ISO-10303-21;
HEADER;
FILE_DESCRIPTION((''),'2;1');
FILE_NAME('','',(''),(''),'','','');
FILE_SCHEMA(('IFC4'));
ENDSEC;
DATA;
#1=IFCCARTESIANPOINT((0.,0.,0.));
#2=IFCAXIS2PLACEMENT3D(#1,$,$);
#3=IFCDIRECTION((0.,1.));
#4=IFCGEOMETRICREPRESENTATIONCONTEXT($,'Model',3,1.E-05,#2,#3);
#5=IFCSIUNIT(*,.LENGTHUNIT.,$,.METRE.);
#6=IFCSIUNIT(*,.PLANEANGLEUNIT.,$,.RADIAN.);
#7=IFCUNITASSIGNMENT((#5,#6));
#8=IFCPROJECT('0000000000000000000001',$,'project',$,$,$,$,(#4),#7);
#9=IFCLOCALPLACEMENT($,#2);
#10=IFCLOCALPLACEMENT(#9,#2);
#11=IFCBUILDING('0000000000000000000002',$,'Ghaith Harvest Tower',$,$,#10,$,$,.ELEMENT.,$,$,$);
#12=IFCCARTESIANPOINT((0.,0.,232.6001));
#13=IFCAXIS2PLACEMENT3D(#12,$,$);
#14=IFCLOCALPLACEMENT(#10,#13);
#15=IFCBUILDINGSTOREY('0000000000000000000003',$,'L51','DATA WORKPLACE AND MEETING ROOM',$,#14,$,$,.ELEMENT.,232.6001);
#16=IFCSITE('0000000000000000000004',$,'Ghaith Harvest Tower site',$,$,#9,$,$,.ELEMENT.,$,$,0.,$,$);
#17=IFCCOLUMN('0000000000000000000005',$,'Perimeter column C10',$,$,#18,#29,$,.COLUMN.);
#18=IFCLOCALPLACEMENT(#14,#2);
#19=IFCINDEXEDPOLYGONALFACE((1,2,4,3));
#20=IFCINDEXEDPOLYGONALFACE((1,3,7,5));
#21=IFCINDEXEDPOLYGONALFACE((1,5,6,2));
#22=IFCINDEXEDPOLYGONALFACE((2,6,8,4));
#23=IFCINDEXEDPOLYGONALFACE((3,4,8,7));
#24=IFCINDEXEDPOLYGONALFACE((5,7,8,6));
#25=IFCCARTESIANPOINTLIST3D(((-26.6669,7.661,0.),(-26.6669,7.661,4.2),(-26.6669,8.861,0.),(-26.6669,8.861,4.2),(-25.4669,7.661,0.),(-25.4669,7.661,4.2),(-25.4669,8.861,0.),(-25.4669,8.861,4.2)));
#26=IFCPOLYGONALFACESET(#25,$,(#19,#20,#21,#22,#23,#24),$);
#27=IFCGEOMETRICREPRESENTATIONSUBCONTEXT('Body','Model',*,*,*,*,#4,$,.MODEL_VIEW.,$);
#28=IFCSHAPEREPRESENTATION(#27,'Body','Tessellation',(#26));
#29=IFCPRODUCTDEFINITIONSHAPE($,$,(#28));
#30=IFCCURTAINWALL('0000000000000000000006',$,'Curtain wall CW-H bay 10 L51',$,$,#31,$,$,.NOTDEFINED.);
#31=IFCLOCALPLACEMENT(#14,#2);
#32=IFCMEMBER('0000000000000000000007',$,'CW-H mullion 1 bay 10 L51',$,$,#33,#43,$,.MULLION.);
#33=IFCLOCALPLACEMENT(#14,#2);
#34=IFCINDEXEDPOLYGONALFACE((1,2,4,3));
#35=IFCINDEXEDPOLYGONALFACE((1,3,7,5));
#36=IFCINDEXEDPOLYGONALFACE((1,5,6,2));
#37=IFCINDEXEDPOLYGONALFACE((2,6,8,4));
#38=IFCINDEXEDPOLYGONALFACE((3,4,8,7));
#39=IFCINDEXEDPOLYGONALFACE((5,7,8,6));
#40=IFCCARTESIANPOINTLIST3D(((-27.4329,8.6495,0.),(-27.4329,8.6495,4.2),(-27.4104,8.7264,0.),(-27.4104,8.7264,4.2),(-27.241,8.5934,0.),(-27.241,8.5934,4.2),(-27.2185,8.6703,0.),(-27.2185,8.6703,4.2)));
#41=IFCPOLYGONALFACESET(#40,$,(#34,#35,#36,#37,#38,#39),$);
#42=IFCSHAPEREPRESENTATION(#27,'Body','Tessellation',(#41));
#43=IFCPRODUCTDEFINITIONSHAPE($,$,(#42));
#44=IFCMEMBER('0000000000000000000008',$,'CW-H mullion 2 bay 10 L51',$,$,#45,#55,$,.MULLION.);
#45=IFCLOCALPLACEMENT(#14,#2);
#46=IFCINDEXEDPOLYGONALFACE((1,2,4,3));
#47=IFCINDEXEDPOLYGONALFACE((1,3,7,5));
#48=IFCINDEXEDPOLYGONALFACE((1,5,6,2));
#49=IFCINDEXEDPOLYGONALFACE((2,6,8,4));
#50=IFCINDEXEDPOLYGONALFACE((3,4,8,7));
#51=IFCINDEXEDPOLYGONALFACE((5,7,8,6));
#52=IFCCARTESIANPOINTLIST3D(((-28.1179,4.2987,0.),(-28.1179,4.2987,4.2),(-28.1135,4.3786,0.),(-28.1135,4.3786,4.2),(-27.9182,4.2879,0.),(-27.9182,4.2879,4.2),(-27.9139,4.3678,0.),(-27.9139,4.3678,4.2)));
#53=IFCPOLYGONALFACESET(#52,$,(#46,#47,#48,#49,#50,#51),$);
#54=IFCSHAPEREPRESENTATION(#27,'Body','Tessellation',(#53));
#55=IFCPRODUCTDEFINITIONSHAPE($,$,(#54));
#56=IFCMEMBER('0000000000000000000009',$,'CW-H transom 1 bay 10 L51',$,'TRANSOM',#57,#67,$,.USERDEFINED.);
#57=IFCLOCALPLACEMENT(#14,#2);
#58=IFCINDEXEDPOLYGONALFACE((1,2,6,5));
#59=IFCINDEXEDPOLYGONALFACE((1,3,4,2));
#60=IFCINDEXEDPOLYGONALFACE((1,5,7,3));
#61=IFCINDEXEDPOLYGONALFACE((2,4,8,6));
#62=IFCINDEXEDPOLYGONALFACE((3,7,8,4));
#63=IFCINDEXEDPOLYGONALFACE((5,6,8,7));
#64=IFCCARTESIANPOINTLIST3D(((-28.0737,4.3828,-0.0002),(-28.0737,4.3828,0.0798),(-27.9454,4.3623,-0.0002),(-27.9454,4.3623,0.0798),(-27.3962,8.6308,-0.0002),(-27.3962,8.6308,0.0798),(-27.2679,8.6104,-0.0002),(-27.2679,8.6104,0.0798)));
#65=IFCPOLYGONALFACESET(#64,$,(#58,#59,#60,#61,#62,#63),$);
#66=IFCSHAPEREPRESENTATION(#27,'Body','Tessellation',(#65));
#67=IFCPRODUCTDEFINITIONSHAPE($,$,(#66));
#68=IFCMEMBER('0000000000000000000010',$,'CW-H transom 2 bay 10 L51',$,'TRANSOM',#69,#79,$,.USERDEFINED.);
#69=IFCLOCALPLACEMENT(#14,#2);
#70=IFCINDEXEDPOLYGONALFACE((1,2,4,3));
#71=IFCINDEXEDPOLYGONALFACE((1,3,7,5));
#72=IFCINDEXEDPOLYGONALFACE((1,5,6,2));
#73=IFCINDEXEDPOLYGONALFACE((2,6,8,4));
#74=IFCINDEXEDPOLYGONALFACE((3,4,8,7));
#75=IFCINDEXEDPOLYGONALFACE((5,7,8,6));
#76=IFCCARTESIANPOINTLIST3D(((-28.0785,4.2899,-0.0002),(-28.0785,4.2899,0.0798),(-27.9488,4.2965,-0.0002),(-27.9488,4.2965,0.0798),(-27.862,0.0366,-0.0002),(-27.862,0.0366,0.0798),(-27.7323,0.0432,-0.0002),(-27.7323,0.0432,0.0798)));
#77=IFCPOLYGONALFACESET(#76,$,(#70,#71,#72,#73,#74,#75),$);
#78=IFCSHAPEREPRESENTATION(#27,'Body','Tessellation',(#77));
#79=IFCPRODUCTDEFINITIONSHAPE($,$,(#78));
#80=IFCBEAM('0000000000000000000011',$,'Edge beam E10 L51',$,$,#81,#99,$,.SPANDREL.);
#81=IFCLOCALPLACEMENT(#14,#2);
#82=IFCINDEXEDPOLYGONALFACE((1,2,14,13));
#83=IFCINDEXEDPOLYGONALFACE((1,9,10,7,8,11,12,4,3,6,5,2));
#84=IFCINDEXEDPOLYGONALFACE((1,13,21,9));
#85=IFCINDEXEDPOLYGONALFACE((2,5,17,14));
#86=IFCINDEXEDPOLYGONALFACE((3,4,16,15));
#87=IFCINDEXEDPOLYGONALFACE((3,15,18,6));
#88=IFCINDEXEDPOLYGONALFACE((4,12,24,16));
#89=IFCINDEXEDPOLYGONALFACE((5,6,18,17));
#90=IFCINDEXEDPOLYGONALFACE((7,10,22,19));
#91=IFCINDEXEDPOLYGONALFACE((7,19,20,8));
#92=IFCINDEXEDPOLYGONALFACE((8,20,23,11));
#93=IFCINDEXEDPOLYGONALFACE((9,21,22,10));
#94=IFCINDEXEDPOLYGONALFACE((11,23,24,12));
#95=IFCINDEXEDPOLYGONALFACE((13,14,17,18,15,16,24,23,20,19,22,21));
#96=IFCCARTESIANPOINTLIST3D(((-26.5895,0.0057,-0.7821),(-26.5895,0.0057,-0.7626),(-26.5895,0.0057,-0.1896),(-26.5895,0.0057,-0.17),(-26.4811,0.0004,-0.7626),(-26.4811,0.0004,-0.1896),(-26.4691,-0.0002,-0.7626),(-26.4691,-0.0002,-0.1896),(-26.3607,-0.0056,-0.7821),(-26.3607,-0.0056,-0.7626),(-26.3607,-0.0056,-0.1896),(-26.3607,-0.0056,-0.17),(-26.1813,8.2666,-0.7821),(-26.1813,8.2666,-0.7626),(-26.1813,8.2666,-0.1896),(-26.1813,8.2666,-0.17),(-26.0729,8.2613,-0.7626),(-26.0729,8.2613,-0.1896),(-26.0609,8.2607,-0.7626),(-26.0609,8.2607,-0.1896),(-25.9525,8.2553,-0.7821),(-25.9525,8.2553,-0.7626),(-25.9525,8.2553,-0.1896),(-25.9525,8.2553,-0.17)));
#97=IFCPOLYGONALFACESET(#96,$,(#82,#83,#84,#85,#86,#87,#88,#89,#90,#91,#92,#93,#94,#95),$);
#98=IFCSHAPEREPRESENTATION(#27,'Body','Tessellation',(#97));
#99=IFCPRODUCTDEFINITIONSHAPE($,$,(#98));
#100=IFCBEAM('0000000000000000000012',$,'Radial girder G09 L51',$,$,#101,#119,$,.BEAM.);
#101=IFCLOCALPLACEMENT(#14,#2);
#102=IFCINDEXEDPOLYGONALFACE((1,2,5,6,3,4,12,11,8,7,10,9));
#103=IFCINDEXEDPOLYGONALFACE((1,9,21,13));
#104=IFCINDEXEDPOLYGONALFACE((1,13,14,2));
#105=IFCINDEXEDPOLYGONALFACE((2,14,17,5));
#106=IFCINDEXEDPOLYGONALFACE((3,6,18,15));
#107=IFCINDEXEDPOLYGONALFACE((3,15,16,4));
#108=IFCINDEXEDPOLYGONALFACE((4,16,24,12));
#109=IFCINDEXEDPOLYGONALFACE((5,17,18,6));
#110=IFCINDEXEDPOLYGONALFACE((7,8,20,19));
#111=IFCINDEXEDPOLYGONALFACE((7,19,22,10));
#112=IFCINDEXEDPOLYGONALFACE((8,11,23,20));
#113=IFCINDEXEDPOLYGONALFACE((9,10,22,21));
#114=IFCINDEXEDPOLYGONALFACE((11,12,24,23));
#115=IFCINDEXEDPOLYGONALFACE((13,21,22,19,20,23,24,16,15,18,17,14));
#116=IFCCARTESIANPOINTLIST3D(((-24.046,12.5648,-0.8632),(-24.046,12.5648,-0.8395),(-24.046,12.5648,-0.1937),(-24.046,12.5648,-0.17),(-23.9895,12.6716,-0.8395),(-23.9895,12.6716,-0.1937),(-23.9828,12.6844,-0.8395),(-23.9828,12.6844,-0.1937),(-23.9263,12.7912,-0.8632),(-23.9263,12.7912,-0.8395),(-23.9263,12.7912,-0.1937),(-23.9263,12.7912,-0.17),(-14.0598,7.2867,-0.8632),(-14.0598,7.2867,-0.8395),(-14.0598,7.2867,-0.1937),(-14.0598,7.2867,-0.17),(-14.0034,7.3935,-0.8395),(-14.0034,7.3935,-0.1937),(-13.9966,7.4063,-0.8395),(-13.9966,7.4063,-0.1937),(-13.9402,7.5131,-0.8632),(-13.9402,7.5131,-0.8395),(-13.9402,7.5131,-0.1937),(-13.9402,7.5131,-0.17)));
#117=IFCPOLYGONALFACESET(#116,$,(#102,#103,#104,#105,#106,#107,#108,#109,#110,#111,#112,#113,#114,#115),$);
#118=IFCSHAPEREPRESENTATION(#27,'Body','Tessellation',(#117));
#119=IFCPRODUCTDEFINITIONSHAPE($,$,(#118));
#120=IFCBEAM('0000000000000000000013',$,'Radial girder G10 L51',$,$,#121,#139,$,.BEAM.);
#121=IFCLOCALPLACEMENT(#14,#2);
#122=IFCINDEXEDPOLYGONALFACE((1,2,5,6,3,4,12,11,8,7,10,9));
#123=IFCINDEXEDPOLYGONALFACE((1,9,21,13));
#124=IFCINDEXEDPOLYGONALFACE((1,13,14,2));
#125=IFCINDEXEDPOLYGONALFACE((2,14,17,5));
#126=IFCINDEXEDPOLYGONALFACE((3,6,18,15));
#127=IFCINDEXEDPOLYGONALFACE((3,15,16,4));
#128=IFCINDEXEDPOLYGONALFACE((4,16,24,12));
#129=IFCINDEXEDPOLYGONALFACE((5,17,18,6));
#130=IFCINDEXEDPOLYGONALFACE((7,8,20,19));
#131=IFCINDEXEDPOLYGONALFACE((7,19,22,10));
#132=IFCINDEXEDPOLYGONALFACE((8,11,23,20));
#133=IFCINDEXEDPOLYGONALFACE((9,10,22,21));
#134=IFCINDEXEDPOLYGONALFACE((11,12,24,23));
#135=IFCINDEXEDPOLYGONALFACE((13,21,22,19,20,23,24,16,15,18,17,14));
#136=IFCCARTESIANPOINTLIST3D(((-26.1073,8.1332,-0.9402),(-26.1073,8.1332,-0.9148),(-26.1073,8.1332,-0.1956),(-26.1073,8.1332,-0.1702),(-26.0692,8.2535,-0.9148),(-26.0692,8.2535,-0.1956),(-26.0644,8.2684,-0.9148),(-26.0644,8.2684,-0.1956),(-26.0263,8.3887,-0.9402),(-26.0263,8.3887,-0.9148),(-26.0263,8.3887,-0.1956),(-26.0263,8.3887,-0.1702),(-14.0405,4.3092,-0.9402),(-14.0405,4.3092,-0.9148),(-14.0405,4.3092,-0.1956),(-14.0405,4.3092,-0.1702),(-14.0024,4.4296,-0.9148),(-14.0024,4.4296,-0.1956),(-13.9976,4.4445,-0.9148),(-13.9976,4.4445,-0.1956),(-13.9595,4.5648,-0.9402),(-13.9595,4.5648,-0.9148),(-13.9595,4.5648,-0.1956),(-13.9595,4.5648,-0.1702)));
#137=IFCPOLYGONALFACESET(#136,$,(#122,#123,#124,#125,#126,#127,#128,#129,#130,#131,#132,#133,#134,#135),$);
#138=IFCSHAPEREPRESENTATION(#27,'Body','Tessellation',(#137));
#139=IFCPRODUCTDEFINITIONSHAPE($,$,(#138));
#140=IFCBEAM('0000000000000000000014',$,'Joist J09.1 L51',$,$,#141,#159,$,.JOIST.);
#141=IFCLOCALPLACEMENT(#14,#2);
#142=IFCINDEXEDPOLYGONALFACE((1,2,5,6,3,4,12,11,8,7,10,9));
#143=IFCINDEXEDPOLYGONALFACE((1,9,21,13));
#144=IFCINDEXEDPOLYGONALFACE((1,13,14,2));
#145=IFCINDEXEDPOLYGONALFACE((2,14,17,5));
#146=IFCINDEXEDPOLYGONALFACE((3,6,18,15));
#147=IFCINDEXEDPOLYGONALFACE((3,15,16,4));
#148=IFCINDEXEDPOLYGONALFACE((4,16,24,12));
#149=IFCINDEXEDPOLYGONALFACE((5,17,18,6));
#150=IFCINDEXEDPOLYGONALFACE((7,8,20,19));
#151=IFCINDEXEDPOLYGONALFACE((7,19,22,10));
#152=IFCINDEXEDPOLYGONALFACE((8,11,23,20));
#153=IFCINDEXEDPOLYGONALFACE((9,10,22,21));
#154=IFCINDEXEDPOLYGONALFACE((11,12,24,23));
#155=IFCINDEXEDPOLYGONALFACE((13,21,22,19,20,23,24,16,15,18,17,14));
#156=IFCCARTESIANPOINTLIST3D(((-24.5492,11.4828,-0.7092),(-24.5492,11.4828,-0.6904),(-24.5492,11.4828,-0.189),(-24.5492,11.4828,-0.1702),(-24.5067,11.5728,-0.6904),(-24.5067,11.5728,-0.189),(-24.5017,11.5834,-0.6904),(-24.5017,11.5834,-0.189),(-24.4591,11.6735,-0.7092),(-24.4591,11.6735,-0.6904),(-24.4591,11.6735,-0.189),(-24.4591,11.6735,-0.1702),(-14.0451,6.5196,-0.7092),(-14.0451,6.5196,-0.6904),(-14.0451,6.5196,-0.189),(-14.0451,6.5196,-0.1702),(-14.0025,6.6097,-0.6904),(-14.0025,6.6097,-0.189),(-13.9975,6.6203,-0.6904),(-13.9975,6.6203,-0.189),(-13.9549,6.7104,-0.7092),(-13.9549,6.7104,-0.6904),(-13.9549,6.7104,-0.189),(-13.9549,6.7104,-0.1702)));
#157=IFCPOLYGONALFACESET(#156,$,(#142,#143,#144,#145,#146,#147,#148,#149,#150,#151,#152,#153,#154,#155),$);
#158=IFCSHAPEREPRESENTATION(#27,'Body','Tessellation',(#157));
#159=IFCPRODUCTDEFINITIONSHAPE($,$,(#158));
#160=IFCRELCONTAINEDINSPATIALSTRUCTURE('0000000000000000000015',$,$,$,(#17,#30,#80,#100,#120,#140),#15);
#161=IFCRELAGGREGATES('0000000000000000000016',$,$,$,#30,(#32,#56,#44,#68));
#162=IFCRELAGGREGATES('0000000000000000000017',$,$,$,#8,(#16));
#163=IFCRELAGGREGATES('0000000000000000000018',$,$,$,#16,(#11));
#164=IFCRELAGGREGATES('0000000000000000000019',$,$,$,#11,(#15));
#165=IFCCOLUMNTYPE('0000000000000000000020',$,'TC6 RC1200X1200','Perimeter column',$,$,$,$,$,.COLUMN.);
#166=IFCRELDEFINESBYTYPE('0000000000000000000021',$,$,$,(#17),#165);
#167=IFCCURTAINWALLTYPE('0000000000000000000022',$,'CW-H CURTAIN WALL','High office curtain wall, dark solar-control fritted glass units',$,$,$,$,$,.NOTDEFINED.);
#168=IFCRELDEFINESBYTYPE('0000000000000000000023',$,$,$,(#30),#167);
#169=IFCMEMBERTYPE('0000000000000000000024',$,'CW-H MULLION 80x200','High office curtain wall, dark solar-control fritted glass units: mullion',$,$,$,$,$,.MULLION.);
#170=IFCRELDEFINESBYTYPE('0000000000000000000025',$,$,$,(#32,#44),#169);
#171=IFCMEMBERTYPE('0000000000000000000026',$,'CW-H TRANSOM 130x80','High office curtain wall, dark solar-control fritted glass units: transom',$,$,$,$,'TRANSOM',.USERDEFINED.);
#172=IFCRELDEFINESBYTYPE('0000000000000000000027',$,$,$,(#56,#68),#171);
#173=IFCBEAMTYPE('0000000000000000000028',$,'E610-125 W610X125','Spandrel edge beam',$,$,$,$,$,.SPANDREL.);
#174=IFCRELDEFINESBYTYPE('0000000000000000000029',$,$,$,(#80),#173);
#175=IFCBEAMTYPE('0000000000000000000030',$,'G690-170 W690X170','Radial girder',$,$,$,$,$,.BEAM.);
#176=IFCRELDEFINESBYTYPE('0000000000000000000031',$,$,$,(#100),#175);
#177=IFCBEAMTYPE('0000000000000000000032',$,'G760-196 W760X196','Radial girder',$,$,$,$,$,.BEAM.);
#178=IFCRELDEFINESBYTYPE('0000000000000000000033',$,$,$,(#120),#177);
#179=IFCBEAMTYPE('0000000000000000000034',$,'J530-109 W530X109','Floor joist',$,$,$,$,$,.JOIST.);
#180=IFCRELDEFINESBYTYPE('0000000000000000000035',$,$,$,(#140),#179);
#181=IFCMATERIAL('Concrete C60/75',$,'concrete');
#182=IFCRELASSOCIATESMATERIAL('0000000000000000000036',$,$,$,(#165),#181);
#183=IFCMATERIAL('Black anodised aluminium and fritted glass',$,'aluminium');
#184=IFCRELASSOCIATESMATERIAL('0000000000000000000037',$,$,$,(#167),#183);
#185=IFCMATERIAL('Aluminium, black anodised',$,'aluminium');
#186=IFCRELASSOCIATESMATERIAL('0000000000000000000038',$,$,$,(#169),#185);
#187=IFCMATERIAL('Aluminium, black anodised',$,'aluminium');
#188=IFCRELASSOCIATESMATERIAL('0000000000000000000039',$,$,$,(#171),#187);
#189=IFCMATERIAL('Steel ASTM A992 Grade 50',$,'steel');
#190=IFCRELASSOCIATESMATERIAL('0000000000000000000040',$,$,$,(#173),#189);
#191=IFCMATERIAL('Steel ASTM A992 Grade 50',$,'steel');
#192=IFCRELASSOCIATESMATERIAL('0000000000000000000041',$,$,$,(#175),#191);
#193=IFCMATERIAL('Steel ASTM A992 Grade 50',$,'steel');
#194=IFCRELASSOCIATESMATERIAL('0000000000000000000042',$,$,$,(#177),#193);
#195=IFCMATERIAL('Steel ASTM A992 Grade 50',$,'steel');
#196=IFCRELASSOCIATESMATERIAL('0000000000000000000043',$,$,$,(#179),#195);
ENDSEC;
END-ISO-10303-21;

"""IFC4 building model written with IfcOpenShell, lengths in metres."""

from ifc_helpers import new_model, si_unit, direction, frame, origin, origin_2d, place, context, subcontext, project, spatial, rectangle, i_section, extrude, material, material_profile, profile_set, type_object, element, aggregate, save


model = new_model("IFC4")

# Units and contexts
model_context = context("Model", 3, precision=1e-05, world=origin(), true_north=direction((0.0, 1.0)))
body_context = subcontext(model_context, "Body", "Model", "MODEL_VIEW")
ifc_project = project(units=[si_unit("LENGTHUNIT", "METRE"), si_unit("PLANEANGLEUNIT", "RADIAN")], contexts=[model_context])

# Site, building, storey
site_placement = place(None, origin())
site = spatial("IfcSite", under=ifc_project, at=site_placement, Name="Ghaith Harvest Tower site", CompositionType="ELEMENT", RefElevation=0.0)
building_placement = place(site_placement, origin())
building = spatial("IfcBuilding", under=site, at=building_placement, Name="Ghaith Harvest Tower", CompositionType="ELEMENT")
storey_placement = place(building_placement, frame((0.0, 0.0, 232.6001)))
storey = spatial("IfcBuildingStorey", under=building, at=storey_placement, Name="L51", Description="DATA WORKPLACE AND MEETING ROOM", CompositionType="ELEMENT", Elevation=232.6001)

# Column
ifc_material_1 = material(Name="Concrete C60/75", Category="concrete")
ifc_material_profile_1 = material_profile(ifc_material_1, rectangle(XDim=1.2, YDim=1.2, at=origin_2d()), Name="RC1200X1200")
ifc_profile_set_1 = profile_set([ifc_material_profile_1], Name="Concrete C60/75")
column_type = type_object("IfcColumnType", Name="TC6 RC1200X1200", Description="Perimeter column", PredefinedType="COLUMN", material=ifc_profile_set_1)
column_placement = place(storey_placement, frame((-26.0669, 8.261, 0.0), z_axis=(0.0, 0.0, 1.0), x_axis=(1.0, 0.0, 0.0)))
element("IfcColumn", 1, at=column_placement, inside=storey, type_object=column_type, Name="Perimeter column C10", PredefinedType="COLUMN", context=body_context, shape_type="SweptSolid", body=[
    extrude(rectangle(XDim=1.2, YDim=1.2, at=origin_2d()), origin(), (0.0, 0.0, 1.0), 4.2),
])

# Curtain wall, members
ifc_material_2 = material(Name="Black anodised aluminium and fritted glass", Category="aluminium")
curtain_wall_type = type_object("IfcCurtainWallType", Name="CW-H CURTAIN WALL", Description="High office curtain wall, dark solar-control fritted glass units", PredefinedType="NOTDEFINED", material=ifc_material_2)
curtain_wall_placement = place(storey_placement, origin())
curtain_wall = element("IfcCurtainWall", 2, at=curtain_wall_placement, inside=storey, type_object=curtain_wall_type, Name="Curtain wall CW-H bay 10 L51", PredefinedType="NOTDEFINED")
ifc_material_3 = material(Name="Aluminium, black anodised", Category="aluminium")
ifc_material_profile_2 = material_profile(ifc_material_3, rectangle(XDim=0.0801, YDim=0.2, at=origin_2d()), Name="CW-H MULLION 80x200")
ifc_profile_set_2 = profile_set([ifc_material_profile_2], Name="Aluminium, black anodised")
member_type_1 = type_object("IfcMemberType", Name="CW-H MULLION 80x200", Description="High office curtain wall, dark solar-control fritted glass units: mullion", PredefinedType="MULLION", material=ifc_profile_set_2)
member_1_placement = place(storey_placement, frame((-27.3257, 8.6599, 0.0), z_axis=(0.0, 0.0, 1.0), x_axis=(-0.28052, -0.959848, 0.0)))
member_1 = element("IfcMember", 3, at=member_1_placement, type_object=member_type_1, Name="CW-H mullion 1 bay 10 L51", PredefinedType="MULLION", context=body_context, shape_type="SweptSolid", body=[
    extrude(rectangle(XDim=0.0801, YDim=0.2, at=origin_2d()), origin(), (0.0, 0.0, 1.0), 4.2),
])
member_2_placement = place(storey_placement, frame((-28.0159, 4.3333, 0.0), z_axis=(0.0, 0.0, 1.0), x_axis=(-0.054116, -0.998535, 0.0)))
member_2 = element("IfcMember", 4, at=member_2_placement, type_object=member_type_1, Name="CW-H mullion 2 bay 10 L51", PredefinedType="MULLION", context=body_context, shape_type="SweptSolid", body=[
    extrude(rectangle(XDim=0.0801, YDim=0.2, at=origin_2d()), origin(), (0.0, 0.0, 1.0), 4.2),
])
ifc_material_4 = material(Name="Aluminium, black anodised", Category="aluminium")
ifc_material_profile_3 = material_profile(ifc_material_4, rectangle(XDim=0.1299, YDim=0.0801, at=origin_2d()), Name="CW-H TRANSOM 130x80")
ifc_profile_set_3 = profile_set([ifc_material_profile_3], Name="Aluminium, black anodised")
member_type_2 = type_object("IfcMemberType", Name="CW-H TRANSOM 130x80", Description="High office curtain wall, dark solar-control fritted glass units: transom", ElementType="TRANSOM", PredefinedType="USERDEFINED", material=ifc_profile_set_3)
member_3_placement = place(storey_placement, frame((-27.332, 8.6206, 0.0398), z_axis=(-0.157492, -0.98752, 0.0), x_axis=(0.98752, -0.157492, 0.0)))
member_3 = element("IfcMember", 5, at=member_3_placement, type_object=member_type_2, Name="CW-H transom 1 bay 10 L51", ObjectType="TRANSOM", PredefinedType="USERDEFINED", context=body_context, shape_type="SweptSolid", body=[
    extrude(rectangle(XDim=0.1299, YDim=0.0801, at=origin_2d()), origin(), (0.0, 0.0, 1.0), 4.3018),
])
member_4_placement = place(storey_placement, frame((-28.0137, 4.2932, 0.0398), z_axis=(0.05085, -0.998706, 0.0), x_axis=(0.998706, 0.05085, 0.0)))
member_4 = element("IfcMember", 6, at=member_4_placement, type_object=member_type_2, Name="CW-H transom 2 bay 10 L51", ObjectType="TRANSOM", PredefinedType="USERDEFINED", context=body_context, shape_type="SweptSolid", body=[
    extrude(rectangle(XDim=0.1299, YDim=0.0801, at=origin_2d()), origin(), (0.0, 0.0, 1.0), 4.2588),
])

# Beams
ifc_material_5 = material(Name="Steel ASTM A992 Grade 50", Category="steel")
ifc_material_profile_4 = material_profile(ifc_material_5, i_section(OverallWidth=0.229, OverallDepth=0.6121, WebThickness=0.012, FlangeThickness=0.0195, at=origin_2d()), Name="W610X125")
ifc_profile_set_4 = profile_set([ifc_material_profile_4], Name="Steel ASTM A992 Grade 50")
beam_type_1 = type_object("IfcBeamType", Name="E610-125 W610X125", Description="Spandrel edge beam", PredefinedType="SPANDREL", material=ifc_profile_set_4)
beam_1_placement = place(storey_placement, frame((-26.0669, 8.261, -0.4761), z_axis=(-0.049353, -0.998781, 0.0), x_axis=(0.998781, -0.049353, 0.0)))
element("IfcBeam", 7, at=beam_1_placement, inside=storey, type_object=beam_type_1, Name="Edge beam E10 L51", PredefinedType="SPANDREL", context=body_context, shape_type="SweptSolid", body=[
    extrude(i_section(OverallWidth=0.229, OverallDepth=0.6121, WebThickness=0.012, FlangeThickness=0.0195, at=origin_2d()), origin(), (0.0, 0.0, 1.0), 8.271),
])
ifc_material_6 = material(Name="Steel ASTM A992 Grade 50", Category="steel")
ifc_material_profile_5 = material_profile(ifc_material_6, i_section(OverallWidth=0.2561, OverallDepth=0.6931, WebThickness=0.0144, FlangeThickness=0.0237, at=origin_2d()), Name="W690X170")
ifc_profile_set_5 = profile_set([ifc_material_profile_5], Name="Steel ASTM A992 Grade 50")
beam_type_2 = type_object("IfcBeamType", Name="G690-170 W690X170", Description="Radial girder", PredefinedType="BEAM", material=ifc_profile_set_5)
beam_2_placement = place(storey_placement, frame((-14.0, 7.3999, -0.5166), z_axis=(-0.884105, 0.467288, 0.0), x_axis=(-0.467288, -0.884105, 0.0)))
element("IfcBeam", 8, at=beam_2_placement, inside=storey, type_object=beam_type_2, Name="Radial girder G09 L51", PredefinedType="BEAM", context=body_context, shape_type="SweptSolid", body=[
    extrude(i_section(OverallWidth=0.2561, OverallDepth=0.6931, WebThickness=0.0144, FlangeThickness=0.0237, at=origin_2d()), origin(), (0.0, 0.0, 1.0), 11.2952),
])
ifc_material_7 = material(Name="Steel ASTM A992 Grade 50", Category="steel")
ifc_material_profile_6 = material_profile(ifc_material_7, i_section(OverallWidth=0.2681, OverallDepth=0.77, WebThickness=0.0156, FlangeThickness=0.0254, at=origin_2d()), Name="W760X196")
ifc_profile_set_6 = profile_set([ifc_material_profile_6], Name="Steel ASTM A992 Grade 50")
beam_type_3 = type_object("IfcBeamType", Name="G760-196 W760X196", Description="Radial girder", PredefinedType="BEAM", material=ifc_profile_set_6)
beam_3_placement = place(storey_placement, frame((-14.0, 4.437, -0.5552), z_axis=(-0.953279, 0.302092, 0.0), x_axis=(-0.302092, -0.953279, 0.0)))
element("IfcBeam", 9, at=beam_3_placement, inside=storey, type_object=beam_type_3, Name="Radial girder G10 L51", PredefinedType="BEAM", context=body_context, shape_type="SweptSolid", body=[
    extrude(i_section(OverallWidth=0.2681, OverallDepth=0.77, WebThickness=0.0156, FlangeThickness=0.0254, at=origin_2d()), origin(), (0.0, 0.0, 1.0), 12.6582),
])
ifc_material_8 = material(Name="Steel ASTM A992 Grade 50", Category="steel")
ifc_material_profile_7 = material_profile(ifc_material_8, i_section(OverallWidth=0.2109, OverallDepth=0.5391, WebThickness=0.0117, FlangeThickness=0.0188, at=origin_2d()), Name="W530X109")
ifc_profile_set_7 = profile_set([ifc_material_profile_7], Name="Steel ASTM A992 Grade 50")
beam_type_4 = type_object("IfcBeamType", Name="J530-109 W530X109", Description="Floor joist", PredefinedType="JOIST", material=ifc_profile_set_7)
beam_4_placement = place(storey_placement, frame((-14.0, 6.615, -0.4397), z_axis=(-0.904154, 0.427206, 0.0), x_axis=(-0.427206, -0.904154, 0.0)))
element("IfcBeam", 10, at=beam_4_placement, inside=storey, type_object=beam_type_4, Name="Joist J09.1 L51", PredefinedType="JOIST", context=body_context, shape_type="SweptSolid", body=[
    extrude(i_section(OverallWidth=0.2109, OverallDepth=0.5391, WebThickness=0.0117, FlangeThickness=0.0188, at=origin_2d()), origin(), (0.0, 0.0, 1.0), 11.6177),
])

aggregate(curtain_wall, [member_1, member_3, member_2, member_4])

save(model, "model.ifc")
